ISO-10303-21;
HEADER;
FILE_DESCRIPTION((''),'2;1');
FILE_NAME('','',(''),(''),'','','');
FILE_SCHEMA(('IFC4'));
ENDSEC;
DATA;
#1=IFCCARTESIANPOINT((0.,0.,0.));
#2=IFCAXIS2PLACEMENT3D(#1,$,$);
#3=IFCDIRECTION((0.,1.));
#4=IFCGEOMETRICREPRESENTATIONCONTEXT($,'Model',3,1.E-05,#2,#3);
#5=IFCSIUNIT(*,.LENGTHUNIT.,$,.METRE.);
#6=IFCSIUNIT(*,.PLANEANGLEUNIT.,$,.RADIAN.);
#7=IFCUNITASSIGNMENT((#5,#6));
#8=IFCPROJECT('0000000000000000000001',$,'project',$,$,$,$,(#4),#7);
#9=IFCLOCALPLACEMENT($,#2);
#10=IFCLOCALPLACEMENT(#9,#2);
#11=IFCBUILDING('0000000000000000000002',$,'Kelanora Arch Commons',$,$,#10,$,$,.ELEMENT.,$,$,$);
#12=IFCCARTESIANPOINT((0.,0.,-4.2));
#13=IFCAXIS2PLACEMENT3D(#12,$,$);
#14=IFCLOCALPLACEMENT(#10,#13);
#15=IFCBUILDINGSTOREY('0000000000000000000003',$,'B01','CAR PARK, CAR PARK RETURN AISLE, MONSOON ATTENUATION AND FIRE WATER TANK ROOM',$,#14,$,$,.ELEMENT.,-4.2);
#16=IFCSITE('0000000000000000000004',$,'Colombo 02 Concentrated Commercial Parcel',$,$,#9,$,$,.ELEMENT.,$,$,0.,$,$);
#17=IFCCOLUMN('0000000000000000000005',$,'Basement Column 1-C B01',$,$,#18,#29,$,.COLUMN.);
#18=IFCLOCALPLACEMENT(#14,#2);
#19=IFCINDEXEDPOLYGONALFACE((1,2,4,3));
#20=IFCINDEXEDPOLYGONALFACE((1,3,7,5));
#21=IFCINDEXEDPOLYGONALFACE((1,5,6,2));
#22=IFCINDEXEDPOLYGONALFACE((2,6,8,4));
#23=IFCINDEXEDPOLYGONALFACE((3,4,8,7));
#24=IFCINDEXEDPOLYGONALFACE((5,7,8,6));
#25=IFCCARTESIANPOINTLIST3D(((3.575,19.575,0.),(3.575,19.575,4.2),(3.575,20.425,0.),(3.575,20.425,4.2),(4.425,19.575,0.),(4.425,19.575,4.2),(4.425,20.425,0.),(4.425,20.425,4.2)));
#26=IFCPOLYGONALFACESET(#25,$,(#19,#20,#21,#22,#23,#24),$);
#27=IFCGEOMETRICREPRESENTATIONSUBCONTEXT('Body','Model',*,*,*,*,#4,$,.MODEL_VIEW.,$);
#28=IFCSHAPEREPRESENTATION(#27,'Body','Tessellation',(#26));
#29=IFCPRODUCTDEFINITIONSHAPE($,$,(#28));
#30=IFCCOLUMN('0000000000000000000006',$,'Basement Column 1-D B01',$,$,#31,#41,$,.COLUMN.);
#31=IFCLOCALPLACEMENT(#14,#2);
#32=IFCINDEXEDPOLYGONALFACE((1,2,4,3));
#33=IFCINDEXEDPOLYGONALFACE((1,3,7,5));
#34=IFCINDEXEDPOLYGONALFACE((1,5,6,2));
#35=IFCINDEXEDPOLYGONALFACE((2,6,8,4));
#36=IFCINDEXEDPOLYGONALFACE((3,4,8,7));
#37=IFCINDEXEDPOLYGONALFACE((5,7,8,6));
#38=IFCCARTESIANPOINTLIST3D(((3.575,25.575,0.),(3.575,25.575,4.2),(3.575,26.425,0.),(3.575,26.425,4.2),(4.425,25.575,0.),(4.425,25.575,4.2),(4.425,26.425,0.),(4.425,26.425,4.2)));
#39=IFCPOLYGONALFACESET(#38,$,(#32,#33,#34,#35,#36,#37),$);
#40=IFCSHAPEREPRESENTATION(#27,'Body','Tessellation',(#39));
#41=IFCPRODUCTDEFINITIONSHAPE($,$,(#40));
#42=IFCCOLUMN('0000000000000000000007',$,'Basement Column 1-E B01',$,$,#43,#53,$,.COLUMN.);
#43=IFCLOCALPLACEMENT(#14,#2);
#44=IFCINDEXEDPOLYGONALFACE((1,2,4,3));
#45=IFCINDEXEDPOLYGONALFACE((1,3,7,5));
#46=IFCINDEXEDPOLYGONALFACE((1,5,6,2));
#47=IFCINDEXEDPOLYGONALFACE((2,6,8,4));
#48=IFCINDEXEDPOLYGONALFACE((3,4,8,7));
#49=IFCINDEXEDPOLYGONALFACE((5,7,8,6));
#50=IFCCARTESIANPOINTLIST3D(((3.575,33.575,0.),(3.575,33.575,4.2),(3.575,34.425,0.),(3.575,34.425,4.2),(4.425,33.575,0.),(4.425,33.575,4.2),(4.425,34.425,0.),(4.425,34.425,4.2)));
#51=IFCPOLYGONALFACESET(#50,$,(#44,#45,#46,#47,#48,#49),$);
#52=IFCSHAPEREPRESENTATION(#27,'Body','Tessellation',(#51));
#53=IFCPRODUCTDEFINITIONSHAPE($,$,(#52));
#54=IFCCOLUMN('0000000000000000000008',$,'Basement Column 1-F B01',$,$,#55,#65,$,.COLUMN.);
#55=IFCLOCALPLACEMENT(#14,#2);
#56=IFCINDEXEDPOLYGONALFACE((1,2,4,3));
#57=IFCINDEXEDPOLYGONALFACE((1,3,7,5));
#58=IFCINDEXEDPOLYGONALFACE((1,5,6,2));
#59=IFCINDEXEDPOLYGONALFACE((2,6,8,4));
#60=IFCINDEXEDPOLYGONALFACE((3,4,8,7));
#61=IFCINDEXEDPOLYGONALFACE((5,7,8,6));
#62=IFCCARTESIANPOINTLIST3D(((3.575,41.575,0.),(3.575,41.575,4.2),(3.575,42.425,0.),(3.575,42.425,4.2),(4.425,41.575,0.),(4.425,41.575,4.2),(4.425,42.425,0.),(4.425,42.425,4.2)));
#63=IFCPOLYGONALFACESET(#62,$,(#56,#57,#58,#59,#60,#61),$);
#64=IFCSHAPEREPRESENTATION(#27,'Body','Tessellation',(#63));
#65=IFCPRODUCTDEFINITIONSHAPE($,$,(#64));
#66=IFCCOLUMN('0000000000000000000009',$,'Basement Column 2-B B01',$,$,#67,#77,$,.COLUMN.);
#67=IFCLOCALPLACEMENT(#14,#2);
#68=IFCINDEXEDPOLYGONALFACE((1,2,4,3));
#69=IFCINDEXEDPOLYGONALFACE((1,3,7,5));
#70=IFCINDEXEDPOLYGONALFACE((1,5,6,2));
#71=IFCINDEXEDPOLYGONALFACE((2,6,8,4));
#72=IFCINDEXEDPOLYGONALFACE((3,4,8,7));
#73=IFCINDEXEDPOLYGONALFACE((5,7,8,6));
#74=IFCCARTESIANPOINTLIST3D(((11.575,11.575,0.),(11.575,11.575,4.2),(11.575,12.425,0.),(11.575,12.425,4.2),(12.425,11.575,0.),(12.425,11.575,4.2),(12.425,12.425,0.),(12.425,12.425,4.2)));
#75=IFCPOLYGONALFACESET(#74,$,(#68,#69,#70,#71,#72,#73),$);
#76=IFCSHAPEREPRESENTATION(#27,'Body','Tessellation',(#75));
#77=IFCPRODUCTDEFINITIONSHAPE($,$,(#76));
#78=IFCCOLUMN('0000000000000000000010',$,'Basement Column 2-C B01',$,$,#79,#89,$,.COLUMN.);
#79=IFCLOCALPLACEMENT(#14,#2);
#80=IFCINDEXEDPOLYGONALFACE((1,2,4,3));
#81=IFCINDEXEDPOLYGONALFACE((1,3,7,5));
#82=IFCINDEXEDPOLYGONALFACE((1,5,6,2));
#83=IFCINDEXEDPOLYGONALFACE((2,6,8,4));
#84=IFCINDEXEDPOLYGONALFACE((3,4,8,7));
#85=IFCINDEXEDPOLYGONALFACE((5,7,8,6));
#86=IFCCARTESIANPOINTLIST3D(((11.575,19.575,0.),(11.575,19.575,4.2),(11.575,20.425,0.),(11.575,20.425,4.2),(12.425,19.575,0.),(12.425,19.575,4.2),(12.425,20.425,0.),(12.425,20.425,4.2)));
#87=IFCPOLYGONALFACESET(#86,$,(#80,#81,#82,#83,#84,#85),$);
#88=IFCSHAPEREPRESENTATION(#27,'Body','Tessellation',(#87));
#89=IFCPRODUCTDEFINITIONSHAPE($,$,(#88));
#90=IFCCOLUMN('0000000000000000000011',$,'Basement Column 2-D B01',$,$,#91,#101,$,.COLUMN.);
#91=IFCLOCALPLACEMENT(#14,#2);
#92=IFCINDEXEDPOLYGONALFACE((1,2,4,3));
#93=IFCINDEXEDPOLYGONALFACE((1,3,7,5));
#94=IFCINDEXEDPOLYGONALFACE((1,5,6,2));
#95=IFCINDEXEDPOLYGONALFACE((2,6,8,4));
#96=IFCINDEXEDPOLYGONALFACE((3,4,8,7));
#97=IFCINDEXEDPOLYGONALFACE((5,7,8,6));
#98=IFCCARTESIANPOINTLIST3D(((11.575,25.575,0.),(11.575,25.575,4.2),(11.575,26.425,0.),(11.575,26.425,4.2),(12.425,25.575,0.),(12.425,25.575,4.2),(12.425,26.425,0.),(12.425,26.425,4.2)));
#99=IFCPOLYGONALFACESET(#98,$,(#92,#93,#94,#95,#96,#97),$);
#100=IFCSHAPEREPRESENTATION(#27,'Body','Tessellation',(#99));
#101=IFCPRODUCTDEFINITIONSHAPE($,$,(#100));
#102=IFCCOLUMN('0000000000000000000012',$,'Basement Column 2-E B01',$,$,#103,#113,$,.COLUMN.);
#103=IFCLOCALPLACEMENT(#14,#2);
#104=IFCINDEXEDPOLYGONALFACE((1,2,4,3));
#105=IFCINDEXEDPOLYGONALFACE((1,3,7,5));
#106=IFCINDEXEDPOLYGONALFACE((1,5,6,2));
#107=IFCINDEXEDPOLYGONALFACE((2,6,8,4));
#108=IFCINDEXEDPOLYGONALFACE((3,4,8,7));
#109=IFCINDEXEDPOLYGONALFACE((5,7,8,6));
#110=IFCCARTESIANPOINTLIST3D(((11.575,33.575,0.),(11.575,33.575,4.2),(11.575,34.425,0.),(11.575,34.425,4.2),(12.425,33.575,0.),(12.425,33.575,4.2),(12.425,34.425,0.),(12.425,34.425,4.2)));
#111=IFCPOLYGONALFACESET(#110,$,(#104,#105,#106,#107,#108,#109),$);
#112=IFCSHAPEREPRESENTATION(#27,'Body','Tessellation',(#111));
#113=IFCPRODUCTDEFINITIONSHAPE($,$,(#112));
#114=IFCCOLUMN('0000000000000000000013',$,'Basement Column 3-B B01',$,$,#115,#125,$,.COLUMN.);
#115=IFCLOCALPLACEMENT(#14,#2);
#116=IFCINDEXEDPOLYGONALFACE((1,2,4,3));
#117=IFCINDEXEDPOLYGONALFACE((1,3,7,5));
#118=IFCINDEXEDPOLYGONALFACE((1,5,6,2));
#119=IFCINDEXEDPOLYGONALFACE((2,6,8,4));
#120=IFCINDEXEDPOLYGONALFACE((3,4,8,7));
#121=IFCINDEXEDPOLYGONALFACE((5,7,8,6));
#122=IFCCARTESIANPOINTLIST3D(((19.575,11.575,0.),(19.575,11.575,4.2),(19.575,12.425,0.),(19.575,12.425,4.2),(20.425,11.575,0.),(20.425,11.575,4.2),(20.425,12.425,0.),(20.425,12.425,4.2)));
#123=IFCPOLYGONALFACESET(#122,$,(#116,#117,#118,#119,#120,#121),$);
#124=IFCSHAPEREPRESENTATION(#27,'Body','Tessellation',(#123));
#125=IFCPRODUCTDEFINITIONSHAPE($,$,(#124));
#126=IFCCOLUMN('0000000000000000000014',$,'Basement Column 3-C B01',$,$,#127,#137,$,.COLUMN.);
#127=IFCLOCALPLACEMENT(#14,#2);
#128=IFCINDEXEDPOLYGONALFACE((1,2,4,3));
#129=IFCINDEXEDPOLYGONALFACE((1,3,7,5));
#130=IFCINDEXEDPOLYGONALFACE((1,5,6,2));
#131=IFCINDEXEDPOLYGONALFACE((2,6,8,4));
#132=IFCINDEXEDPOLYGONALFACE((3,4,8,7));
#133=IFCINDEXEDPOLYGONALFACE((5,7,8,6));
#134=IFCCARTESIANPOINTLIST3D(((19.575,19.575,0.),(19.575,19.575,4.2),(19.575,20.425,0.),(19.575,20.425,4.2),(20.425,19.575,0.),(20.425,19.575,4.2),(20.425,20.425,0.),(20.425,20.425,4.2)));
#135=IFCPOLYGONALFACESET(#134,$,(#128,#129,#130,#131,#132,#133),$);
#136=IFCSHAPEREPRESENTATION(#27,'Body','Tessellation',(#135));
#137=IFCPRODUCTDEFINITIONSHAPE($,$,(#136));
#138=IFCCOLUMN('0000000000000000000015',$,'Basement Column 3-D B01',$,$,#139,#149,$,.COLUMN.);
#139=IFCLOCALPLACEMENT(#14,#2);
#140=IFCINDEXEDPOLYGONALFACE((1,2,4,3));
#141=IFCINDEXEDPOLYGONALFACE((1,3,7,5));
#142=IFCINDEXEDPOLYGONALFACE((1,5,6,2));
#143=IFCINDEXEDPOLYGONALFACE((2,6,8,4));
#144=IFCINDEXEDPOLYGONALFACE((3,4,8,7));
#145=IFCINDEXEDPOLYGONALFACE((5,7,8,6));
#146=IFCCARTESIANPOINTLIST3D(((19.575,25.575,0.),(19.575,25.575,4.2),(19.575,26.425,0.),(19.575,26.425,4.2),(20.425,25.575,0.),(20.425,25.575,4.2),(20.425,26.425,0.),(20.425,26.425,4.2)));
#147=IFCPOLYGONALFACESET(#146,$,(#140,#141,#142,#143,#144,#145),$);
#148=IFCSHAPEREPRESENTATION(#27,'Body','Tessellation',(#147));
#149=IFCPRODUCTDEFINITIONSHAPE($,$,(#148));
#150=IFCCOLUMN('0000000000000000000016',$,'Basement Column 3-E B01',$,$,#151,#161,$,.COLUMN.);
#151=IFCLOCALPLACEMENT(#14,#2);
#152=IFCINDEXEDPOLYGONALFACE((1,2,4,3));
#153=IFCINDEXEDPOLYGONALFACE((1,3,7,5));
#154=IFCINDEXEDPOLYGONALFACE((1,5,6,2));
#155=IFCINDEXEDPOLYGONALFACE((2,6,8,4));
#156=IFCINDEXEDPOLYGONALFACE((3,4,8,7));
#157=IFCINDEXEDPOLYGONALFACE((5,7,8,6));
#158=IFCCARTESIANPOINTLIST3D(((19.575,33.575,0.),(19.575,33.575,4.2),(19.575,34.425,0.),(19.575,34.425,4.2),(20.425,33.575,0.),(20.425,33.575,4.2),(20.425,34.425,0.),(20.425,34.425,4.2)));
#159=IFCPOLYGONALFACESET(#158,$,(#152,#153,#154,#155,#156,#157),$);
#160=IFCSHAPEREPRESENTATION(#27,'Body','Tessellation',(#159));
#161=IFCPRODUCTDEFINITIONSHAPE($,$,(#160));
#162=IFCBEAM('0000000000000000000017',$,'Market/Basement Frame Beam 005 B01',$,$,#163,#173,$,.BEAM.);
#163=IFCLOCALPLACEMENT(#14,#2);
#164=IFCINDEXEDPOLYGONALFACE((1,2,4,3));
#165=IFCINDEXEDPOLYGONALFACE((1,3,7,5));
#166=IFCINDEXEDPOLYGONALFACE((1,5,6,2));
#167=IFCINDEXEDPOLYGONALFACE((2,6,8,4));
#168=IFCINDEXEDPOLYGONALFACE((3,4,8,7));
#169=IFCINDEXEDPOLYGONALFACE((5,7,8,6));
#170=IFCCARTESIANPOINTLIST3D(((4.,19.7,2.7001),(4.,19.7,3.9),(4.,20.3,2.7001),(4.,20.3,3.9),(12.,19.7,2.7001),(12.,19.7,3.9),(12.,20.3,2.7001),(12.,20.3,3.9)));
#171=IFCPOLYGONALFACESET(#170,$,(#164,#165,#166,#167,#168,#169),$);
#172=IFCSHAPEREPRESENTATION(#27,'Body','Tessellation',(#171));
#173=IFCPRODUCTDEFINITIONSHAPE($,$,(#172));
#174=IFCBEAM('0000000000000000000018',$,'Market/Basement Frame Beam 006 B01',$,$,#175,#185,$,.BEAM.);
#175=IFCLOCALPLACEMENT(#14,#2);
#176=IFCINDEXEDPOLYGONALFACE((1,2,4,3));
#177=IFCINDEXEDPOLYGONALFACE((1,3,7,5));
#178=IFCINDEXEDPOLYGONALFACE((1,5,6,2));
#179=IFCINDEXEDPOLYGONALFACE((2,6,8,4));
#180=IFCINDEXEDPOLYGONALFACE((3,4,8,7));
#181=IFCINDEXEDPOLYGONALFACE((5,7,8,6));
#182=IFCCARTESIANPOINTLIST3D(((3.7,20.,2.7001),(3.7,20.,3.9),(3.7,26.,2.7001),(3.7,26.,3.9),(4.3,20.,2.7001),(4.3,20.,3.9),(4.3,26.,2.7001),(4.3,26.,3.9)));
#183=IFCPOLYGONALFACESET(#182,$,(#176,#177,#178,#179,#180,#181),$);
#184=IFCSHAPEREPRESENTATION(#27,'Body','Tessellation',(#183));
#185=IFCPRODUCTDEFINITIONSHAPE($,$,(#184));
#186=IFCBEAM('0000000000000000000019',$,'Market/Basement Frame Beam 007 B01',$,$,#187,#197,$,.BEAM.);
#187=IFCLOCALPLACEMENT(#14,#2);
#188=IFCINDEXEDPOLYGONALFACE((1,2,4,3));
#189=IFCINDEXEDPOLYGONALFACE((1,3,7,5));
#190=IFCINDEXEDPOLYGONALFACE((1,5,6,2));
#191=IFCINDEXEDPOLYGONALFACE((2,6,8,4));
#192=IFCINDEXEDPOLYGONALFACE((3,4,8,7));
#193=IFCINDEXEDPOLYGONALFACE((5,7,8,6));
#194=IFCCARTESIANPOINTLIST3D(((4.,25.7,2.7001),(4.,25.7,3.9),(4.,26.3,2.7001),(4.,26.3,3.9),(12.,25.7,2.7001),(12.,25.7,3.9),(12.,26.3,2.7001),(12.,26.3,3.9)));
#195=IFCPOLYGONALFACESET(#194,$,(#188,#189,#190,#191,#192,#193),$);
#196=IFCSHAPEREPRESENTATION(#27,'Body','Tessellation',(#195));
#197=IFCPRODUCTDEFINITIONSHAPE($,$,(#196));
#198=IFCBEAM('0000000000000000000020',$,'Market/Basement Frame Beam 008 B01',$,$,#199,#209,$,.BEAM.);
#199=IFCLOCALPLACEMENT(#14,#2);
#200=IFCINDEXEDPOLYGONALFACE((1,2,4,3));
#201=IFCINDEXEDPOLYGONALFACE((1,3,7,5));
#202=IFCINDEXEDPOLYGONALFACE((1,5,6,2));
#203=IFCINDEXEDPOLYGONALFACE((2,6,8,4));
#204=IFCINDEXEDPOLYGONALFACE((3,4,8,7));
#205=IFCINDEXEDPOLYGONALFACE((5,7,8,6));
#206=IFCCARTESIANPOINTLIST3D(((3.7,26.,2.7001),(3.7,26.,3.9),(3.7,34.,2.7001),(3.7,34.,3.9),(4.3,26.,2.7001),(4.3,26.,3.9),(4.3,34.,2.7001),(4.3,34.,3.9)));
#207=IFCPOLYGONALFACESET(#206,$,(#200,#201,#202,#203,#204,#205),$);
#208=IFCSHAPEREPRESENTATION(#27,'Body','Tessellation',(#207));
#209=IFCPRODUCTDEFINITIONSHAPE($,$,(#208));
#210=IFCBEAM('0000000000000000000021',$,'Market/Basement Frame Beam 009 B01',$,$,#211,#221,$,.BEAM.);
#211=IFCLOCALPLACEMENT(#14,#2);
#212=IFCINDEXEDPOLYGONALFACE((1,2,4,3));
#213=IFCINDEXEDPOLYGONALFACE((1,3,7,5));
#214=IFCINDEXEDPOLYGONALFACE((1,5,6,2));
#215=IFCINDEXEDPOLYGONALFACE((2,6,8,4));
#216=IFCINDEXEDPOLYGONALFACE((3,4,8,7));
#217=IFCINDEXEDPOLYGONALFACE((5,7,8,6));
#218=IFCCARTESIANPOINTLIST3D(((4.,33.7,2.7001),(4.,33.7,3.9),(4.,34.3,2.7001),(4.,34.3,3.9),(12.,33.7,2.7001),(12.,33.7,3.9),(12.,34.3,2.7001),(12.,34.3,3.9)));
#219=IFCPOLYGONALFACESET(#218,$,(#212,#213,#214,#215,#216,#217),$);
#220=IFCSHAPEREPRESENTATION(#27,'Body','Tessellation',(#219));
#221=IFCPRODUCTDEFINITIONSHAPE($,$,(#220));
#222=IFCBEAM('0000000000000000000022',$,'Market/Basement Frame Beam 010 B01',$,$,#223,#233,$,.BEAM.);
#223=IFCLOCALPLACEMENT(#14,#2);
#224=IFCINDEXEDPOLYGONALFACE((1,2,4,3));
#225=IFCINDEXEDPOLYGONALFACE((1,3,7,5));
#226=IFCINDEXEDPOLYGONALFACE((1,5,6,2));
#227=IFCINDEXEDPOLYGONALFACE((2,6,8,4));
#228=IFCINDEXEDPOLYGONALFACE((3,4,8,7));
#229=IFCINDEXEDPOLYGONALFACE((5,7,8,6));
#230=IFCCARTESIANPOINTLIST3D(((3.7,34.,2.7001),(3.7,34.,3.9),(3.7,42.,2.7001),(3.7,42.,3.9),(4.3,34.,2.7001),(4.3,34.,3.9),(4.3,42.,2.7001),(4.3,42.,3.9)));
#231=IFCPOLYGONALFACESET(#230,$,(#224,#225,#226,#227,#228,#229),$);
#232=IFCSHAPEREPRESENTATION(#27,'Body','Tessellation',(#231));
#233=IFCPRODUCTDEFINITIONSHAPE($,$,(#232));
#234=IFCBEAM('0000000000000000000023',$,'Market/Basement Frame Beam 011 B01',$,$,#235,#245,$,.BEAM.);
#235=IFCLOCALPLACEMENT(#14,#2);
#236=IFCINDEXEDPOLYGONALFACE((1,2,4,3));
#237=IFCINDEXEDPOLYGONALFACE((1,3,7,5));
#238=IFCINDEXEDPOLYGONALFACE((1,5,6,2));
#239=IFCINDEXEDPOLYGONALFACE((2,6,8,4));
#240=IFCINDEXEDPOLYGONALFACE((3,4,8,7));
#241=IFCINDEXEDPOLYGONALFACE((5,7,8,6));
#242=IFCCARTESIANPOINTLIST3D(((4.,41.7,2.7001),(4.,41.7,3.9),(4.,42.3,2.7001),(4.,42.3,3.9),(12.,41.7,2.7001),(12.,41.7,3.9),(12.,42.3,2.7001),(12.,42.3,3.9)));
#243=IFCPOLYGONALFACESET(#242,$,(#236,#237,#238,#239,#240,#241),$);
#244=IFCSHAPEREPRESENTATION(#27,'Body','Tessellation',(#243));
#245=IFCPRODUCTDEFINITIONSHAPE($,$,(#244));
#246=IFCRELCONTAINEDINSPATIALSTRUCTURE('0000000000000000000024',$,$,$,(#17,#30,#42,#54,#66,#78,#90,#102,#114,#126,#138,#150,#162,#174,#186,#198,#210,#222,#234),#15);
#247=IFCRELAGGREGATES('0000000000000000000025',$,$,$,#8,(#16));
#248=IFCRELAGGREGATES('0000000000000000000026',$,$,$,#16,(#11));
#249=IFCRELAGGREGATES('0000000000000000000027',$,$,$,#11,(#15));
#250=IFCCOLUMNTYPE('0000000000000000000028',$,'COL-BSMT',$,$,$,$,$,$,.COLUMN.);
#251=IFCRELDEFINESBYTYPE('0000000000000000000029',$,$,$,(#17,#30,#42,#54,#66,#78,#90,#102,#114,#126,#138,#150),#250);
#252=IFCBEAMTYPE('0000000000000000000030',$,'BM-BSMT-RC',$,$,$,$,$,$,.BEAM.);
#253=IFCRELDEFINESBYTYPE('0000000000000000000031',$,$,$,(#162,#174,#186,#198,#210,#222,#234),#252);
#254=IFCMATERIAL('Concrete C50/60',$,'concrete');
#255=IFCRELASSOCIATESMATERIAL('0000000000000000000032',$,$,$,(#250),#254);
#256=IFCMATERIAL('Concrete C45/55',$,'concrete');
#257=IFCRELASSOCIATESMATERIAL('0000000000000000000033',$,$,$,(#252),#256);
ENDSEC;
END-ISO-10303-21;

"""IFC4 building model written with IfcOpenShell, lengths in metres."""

from ifc_helpers import new_model, si_unit, direction, frame, origin, origin_2d, place, context, subcontext, project, spatial, rectangle, extrude, material, material_profile, profile_set, type_object, element, save


model = new_model("IFC4")

# Units and contexts
model_context = context("Model", 3, precision=1e-05, world=origin(), true_north=direction((0.0, 1.0)))
body_context = subcontext(model_context, "Body", "Model", "MODEL_VIEW")
ifc_project = project(units=[si_unit("LENGTHUNIT", "METRE"), si_unit("PLANEANGLEUNIT", "RADIAN")], contexts=[model_context])

# Site, building, storey
site_placement = place(None, origin())
site = spatial("IfcSite", under=ifc_project, at=site_placement, Name="Colombo 02 Concentrated Commercial Parcel", CompositionType="ELEMENT", RefElevation=0.0)
building_placement = place(site_placement, origin())
building = spatial("IfcBuilding", under=site, at=building_placement, Name="Kelanora Arch Commons", CompositionType="ELEMENT")
storey_placement = place(building_placement, frame((0.0, 0.0, -4.2)))
storey = spatial("IfcBuildingStorey", under=building, at=storey_placement, Name="B01", Description="CAR PARK, CAR PARK RETURN AISLE, MONSOON ATTENUATION AND FIRE WATER TANK ROOM", CompositionType="ELEMENT", Elevation=-4.2)

# Columns
ifc_material_1 = material(Name="Concrete C50/60", Category="concrete")
ifc_material_profile_1 = material_profile(ifc_material_1, rectangle(XDim=0.8501, YDim=0.8501, at=origin_2d()), Name="RC850x850")
ifc_profile_set_1 = profile_set([ifc_material_profile_1], Name="Concrete C50/60")
column_type = type_object("IfcColumnType", Name="COL-BSMT", PredefinedType="COLUMN", material=ifc_profile_set_1)
for number, where, z_axis, x_axis, name in (
    (1, (4.0, 20.0, 0.0), (0.0, 0.0, 1.0), (1.0, 0.0, 0.0), "Basement Column 1-C B01"),
    (2, (4.0, 26.0, 0.0), (0.0, 0.0, 1.0), (1.0, 0.0, 0.0), "Basement Column 1-D B01"),
    (3, (4.0, 34.0, 0.0), (0.0, 0.0, 1.0), (1.0, 0.0, 0.0), "Basement Column 1-E B01"),
    (4, (4.0, 42.0, 0.0), (0.0, 0.0, 1.0), (1.0, 0.0, 0.0), "Basement Column 1-F B01"),
    (5, (12.0, 12.0, 0.0), (0.0, 0.0, 1.0), (1.0, 0.0, 0.0), "Basement Column 2-B B01"),
    (6, (12.0, 20.0, 0.0), (0.0, 0.0, 1.0), (1.0, 0.0, 0.0), "Basement Column 2-C B01"),
    (7, (12.0, 26.0, 0.0), (0.0, 0.0, 1.0), (1.0, 0.0, 0.0), "Basement Column 2-D B01"),
    (8, (12.0, 34.0, 0.0), (0.0, 0.0, 1.0), (1.0, 0.0, 0.0), "Basement Column 2-E B01"),
    (9, (20.0, 12.0, 0.0), (0.0, 0.0, 1.0), (1.0, 0.0, 0.0), "Basement Column 3-B B01"),
    (10, (20.0, 20.0, 0.0), (0.0, 0.0, 1.0), (1.0, 0.0, 0.0), "Basement Column 3-C B01"),
    (11, (20.0, 26.0, 0.0), (0.0, 0.0, 1.0), (1.0, 0.0, 0.0), "Basement Column 3-D B01"),
    (12, (20.0, 34.0, 0.0), (0.0, 0.0, 1.0), (1.0, 0.0, 0.0), "Basement Column 3-E B01"),
):
    element("IfcColumn", number, at=place(storey_placement, frame(where, z_axis=z_axis, x_axis=x_axis)), inside=storey, type_object=column_type, Name=name, PredefinedType="COLUMN", context=body_context, shape_type="SweptSolid", body=[
        extrude(rectangle(XDim=0.8501, YDim=0.8501, at=origin_2d()), origin(), (0.0, 0.0, 1.0), 4.2),
    ])

# Beams
ifc_material_2 = material(Name="Concrete C45/55", Category="concrete")
ifc_material_profile_2 = material_profile(ifc_material_2, rectangle(XDim=0.6001, YDim=1.2, at=origin_2d()), Name="RCB600x1200")
ifc_profile_set_2 = profile_set([ifc_material_profile_2], Name="Concrete C45/55")
beam_type = type_object("IfcBeamType", Name="BM-BSMT-RC", PredefinedType="BEAM", material=ifc_profile_set_2)
beam_1_placement = place(storey_placement, frame((4.0, 20.0, 3.3), z_axis=(1.0, 0.0, 0.0), x_axis=(0.0, 1.0, 0.0)))
element("IfcBeam", 13, at=beam_1_placement, inside=storey, type_object=beam_type, Name="Market/Basement Frame Beam 005 B01", PredefinedType="BEAM", context=body_context, shape_type="SweptSolid", body=[
    extrude(rectangle(XDim=0.6001, YDim=1.2, at=origin_2d()), origin(), (0.0, 0.0, 1.0), 8.0),
])
beam_2_placement = place(storey_placement, frame((4.0, 20.0, 3.3), z_axis=(0.0, 1.0, 0.0), x_axis=(-1.0, 0.0, 0.0)))
element("IfcBeam", 14, at=beam_2_placement, inside=storey, type_object=beam_type, Name="Market/Basement Frame Beam 006 B01", PredefinedType="BEAM", context=body_context, shape_type="SweptSolid", body=[
    extrude(rectangle(XDim=0.6001, YDim=1.2, at=origin_2d()), origin(), (0.0, 0.0, 1.0), 6.0),
])
for number, where, z_axis, x_axis, name in (
    (15, (4.0, 26.0, 3.3), (1.0, 0.0, 0.0), (0.0, 1.0, 0.0), "Market/Basement Frame Beam 007 B01"),
    (16, (4.0, 26.0, 3.3), (0.0, 1.0, 0.0), (-1.0, 0.0, 0.0), "Market/Basement Frame Beam 008 B01"),
    (17, (4.0, 34.0, 3.3), (1.0, 0.0, 0.0), (0.0, 1.0, 0.0), "Market/Basement Frame Beam 009 B01"),
    (18, (4.0, 34.0, 3.3), (0.0, 1.0, 0.0), (-1.0, 0.0, 0.0), "Market/Basement Frame Beam 010 B01"),
    (19, (4.0, 42.0, 3.3), (1.0, 0.0, 0.0), (0.0, 1.0, 0.0), "Market/Basement Frame Beam 011 B01"),
):
    element("IfcBeam", number, at=place(storey_placement, frame(where, z_axis=z_axis, x_axis=x_axis)), inside=storey, type_object=beam_type, Name=name, PredefinedType="BEAM", context=body_context, shape_type="SweptSolid", body=[
        extrude(rectangle(XDim=0.6001, YDim=1.2, at=origin_2d()), origin(), (0.0, 0.0, 1.0), 8.0),
    ])

save(model, "model.ifc")
